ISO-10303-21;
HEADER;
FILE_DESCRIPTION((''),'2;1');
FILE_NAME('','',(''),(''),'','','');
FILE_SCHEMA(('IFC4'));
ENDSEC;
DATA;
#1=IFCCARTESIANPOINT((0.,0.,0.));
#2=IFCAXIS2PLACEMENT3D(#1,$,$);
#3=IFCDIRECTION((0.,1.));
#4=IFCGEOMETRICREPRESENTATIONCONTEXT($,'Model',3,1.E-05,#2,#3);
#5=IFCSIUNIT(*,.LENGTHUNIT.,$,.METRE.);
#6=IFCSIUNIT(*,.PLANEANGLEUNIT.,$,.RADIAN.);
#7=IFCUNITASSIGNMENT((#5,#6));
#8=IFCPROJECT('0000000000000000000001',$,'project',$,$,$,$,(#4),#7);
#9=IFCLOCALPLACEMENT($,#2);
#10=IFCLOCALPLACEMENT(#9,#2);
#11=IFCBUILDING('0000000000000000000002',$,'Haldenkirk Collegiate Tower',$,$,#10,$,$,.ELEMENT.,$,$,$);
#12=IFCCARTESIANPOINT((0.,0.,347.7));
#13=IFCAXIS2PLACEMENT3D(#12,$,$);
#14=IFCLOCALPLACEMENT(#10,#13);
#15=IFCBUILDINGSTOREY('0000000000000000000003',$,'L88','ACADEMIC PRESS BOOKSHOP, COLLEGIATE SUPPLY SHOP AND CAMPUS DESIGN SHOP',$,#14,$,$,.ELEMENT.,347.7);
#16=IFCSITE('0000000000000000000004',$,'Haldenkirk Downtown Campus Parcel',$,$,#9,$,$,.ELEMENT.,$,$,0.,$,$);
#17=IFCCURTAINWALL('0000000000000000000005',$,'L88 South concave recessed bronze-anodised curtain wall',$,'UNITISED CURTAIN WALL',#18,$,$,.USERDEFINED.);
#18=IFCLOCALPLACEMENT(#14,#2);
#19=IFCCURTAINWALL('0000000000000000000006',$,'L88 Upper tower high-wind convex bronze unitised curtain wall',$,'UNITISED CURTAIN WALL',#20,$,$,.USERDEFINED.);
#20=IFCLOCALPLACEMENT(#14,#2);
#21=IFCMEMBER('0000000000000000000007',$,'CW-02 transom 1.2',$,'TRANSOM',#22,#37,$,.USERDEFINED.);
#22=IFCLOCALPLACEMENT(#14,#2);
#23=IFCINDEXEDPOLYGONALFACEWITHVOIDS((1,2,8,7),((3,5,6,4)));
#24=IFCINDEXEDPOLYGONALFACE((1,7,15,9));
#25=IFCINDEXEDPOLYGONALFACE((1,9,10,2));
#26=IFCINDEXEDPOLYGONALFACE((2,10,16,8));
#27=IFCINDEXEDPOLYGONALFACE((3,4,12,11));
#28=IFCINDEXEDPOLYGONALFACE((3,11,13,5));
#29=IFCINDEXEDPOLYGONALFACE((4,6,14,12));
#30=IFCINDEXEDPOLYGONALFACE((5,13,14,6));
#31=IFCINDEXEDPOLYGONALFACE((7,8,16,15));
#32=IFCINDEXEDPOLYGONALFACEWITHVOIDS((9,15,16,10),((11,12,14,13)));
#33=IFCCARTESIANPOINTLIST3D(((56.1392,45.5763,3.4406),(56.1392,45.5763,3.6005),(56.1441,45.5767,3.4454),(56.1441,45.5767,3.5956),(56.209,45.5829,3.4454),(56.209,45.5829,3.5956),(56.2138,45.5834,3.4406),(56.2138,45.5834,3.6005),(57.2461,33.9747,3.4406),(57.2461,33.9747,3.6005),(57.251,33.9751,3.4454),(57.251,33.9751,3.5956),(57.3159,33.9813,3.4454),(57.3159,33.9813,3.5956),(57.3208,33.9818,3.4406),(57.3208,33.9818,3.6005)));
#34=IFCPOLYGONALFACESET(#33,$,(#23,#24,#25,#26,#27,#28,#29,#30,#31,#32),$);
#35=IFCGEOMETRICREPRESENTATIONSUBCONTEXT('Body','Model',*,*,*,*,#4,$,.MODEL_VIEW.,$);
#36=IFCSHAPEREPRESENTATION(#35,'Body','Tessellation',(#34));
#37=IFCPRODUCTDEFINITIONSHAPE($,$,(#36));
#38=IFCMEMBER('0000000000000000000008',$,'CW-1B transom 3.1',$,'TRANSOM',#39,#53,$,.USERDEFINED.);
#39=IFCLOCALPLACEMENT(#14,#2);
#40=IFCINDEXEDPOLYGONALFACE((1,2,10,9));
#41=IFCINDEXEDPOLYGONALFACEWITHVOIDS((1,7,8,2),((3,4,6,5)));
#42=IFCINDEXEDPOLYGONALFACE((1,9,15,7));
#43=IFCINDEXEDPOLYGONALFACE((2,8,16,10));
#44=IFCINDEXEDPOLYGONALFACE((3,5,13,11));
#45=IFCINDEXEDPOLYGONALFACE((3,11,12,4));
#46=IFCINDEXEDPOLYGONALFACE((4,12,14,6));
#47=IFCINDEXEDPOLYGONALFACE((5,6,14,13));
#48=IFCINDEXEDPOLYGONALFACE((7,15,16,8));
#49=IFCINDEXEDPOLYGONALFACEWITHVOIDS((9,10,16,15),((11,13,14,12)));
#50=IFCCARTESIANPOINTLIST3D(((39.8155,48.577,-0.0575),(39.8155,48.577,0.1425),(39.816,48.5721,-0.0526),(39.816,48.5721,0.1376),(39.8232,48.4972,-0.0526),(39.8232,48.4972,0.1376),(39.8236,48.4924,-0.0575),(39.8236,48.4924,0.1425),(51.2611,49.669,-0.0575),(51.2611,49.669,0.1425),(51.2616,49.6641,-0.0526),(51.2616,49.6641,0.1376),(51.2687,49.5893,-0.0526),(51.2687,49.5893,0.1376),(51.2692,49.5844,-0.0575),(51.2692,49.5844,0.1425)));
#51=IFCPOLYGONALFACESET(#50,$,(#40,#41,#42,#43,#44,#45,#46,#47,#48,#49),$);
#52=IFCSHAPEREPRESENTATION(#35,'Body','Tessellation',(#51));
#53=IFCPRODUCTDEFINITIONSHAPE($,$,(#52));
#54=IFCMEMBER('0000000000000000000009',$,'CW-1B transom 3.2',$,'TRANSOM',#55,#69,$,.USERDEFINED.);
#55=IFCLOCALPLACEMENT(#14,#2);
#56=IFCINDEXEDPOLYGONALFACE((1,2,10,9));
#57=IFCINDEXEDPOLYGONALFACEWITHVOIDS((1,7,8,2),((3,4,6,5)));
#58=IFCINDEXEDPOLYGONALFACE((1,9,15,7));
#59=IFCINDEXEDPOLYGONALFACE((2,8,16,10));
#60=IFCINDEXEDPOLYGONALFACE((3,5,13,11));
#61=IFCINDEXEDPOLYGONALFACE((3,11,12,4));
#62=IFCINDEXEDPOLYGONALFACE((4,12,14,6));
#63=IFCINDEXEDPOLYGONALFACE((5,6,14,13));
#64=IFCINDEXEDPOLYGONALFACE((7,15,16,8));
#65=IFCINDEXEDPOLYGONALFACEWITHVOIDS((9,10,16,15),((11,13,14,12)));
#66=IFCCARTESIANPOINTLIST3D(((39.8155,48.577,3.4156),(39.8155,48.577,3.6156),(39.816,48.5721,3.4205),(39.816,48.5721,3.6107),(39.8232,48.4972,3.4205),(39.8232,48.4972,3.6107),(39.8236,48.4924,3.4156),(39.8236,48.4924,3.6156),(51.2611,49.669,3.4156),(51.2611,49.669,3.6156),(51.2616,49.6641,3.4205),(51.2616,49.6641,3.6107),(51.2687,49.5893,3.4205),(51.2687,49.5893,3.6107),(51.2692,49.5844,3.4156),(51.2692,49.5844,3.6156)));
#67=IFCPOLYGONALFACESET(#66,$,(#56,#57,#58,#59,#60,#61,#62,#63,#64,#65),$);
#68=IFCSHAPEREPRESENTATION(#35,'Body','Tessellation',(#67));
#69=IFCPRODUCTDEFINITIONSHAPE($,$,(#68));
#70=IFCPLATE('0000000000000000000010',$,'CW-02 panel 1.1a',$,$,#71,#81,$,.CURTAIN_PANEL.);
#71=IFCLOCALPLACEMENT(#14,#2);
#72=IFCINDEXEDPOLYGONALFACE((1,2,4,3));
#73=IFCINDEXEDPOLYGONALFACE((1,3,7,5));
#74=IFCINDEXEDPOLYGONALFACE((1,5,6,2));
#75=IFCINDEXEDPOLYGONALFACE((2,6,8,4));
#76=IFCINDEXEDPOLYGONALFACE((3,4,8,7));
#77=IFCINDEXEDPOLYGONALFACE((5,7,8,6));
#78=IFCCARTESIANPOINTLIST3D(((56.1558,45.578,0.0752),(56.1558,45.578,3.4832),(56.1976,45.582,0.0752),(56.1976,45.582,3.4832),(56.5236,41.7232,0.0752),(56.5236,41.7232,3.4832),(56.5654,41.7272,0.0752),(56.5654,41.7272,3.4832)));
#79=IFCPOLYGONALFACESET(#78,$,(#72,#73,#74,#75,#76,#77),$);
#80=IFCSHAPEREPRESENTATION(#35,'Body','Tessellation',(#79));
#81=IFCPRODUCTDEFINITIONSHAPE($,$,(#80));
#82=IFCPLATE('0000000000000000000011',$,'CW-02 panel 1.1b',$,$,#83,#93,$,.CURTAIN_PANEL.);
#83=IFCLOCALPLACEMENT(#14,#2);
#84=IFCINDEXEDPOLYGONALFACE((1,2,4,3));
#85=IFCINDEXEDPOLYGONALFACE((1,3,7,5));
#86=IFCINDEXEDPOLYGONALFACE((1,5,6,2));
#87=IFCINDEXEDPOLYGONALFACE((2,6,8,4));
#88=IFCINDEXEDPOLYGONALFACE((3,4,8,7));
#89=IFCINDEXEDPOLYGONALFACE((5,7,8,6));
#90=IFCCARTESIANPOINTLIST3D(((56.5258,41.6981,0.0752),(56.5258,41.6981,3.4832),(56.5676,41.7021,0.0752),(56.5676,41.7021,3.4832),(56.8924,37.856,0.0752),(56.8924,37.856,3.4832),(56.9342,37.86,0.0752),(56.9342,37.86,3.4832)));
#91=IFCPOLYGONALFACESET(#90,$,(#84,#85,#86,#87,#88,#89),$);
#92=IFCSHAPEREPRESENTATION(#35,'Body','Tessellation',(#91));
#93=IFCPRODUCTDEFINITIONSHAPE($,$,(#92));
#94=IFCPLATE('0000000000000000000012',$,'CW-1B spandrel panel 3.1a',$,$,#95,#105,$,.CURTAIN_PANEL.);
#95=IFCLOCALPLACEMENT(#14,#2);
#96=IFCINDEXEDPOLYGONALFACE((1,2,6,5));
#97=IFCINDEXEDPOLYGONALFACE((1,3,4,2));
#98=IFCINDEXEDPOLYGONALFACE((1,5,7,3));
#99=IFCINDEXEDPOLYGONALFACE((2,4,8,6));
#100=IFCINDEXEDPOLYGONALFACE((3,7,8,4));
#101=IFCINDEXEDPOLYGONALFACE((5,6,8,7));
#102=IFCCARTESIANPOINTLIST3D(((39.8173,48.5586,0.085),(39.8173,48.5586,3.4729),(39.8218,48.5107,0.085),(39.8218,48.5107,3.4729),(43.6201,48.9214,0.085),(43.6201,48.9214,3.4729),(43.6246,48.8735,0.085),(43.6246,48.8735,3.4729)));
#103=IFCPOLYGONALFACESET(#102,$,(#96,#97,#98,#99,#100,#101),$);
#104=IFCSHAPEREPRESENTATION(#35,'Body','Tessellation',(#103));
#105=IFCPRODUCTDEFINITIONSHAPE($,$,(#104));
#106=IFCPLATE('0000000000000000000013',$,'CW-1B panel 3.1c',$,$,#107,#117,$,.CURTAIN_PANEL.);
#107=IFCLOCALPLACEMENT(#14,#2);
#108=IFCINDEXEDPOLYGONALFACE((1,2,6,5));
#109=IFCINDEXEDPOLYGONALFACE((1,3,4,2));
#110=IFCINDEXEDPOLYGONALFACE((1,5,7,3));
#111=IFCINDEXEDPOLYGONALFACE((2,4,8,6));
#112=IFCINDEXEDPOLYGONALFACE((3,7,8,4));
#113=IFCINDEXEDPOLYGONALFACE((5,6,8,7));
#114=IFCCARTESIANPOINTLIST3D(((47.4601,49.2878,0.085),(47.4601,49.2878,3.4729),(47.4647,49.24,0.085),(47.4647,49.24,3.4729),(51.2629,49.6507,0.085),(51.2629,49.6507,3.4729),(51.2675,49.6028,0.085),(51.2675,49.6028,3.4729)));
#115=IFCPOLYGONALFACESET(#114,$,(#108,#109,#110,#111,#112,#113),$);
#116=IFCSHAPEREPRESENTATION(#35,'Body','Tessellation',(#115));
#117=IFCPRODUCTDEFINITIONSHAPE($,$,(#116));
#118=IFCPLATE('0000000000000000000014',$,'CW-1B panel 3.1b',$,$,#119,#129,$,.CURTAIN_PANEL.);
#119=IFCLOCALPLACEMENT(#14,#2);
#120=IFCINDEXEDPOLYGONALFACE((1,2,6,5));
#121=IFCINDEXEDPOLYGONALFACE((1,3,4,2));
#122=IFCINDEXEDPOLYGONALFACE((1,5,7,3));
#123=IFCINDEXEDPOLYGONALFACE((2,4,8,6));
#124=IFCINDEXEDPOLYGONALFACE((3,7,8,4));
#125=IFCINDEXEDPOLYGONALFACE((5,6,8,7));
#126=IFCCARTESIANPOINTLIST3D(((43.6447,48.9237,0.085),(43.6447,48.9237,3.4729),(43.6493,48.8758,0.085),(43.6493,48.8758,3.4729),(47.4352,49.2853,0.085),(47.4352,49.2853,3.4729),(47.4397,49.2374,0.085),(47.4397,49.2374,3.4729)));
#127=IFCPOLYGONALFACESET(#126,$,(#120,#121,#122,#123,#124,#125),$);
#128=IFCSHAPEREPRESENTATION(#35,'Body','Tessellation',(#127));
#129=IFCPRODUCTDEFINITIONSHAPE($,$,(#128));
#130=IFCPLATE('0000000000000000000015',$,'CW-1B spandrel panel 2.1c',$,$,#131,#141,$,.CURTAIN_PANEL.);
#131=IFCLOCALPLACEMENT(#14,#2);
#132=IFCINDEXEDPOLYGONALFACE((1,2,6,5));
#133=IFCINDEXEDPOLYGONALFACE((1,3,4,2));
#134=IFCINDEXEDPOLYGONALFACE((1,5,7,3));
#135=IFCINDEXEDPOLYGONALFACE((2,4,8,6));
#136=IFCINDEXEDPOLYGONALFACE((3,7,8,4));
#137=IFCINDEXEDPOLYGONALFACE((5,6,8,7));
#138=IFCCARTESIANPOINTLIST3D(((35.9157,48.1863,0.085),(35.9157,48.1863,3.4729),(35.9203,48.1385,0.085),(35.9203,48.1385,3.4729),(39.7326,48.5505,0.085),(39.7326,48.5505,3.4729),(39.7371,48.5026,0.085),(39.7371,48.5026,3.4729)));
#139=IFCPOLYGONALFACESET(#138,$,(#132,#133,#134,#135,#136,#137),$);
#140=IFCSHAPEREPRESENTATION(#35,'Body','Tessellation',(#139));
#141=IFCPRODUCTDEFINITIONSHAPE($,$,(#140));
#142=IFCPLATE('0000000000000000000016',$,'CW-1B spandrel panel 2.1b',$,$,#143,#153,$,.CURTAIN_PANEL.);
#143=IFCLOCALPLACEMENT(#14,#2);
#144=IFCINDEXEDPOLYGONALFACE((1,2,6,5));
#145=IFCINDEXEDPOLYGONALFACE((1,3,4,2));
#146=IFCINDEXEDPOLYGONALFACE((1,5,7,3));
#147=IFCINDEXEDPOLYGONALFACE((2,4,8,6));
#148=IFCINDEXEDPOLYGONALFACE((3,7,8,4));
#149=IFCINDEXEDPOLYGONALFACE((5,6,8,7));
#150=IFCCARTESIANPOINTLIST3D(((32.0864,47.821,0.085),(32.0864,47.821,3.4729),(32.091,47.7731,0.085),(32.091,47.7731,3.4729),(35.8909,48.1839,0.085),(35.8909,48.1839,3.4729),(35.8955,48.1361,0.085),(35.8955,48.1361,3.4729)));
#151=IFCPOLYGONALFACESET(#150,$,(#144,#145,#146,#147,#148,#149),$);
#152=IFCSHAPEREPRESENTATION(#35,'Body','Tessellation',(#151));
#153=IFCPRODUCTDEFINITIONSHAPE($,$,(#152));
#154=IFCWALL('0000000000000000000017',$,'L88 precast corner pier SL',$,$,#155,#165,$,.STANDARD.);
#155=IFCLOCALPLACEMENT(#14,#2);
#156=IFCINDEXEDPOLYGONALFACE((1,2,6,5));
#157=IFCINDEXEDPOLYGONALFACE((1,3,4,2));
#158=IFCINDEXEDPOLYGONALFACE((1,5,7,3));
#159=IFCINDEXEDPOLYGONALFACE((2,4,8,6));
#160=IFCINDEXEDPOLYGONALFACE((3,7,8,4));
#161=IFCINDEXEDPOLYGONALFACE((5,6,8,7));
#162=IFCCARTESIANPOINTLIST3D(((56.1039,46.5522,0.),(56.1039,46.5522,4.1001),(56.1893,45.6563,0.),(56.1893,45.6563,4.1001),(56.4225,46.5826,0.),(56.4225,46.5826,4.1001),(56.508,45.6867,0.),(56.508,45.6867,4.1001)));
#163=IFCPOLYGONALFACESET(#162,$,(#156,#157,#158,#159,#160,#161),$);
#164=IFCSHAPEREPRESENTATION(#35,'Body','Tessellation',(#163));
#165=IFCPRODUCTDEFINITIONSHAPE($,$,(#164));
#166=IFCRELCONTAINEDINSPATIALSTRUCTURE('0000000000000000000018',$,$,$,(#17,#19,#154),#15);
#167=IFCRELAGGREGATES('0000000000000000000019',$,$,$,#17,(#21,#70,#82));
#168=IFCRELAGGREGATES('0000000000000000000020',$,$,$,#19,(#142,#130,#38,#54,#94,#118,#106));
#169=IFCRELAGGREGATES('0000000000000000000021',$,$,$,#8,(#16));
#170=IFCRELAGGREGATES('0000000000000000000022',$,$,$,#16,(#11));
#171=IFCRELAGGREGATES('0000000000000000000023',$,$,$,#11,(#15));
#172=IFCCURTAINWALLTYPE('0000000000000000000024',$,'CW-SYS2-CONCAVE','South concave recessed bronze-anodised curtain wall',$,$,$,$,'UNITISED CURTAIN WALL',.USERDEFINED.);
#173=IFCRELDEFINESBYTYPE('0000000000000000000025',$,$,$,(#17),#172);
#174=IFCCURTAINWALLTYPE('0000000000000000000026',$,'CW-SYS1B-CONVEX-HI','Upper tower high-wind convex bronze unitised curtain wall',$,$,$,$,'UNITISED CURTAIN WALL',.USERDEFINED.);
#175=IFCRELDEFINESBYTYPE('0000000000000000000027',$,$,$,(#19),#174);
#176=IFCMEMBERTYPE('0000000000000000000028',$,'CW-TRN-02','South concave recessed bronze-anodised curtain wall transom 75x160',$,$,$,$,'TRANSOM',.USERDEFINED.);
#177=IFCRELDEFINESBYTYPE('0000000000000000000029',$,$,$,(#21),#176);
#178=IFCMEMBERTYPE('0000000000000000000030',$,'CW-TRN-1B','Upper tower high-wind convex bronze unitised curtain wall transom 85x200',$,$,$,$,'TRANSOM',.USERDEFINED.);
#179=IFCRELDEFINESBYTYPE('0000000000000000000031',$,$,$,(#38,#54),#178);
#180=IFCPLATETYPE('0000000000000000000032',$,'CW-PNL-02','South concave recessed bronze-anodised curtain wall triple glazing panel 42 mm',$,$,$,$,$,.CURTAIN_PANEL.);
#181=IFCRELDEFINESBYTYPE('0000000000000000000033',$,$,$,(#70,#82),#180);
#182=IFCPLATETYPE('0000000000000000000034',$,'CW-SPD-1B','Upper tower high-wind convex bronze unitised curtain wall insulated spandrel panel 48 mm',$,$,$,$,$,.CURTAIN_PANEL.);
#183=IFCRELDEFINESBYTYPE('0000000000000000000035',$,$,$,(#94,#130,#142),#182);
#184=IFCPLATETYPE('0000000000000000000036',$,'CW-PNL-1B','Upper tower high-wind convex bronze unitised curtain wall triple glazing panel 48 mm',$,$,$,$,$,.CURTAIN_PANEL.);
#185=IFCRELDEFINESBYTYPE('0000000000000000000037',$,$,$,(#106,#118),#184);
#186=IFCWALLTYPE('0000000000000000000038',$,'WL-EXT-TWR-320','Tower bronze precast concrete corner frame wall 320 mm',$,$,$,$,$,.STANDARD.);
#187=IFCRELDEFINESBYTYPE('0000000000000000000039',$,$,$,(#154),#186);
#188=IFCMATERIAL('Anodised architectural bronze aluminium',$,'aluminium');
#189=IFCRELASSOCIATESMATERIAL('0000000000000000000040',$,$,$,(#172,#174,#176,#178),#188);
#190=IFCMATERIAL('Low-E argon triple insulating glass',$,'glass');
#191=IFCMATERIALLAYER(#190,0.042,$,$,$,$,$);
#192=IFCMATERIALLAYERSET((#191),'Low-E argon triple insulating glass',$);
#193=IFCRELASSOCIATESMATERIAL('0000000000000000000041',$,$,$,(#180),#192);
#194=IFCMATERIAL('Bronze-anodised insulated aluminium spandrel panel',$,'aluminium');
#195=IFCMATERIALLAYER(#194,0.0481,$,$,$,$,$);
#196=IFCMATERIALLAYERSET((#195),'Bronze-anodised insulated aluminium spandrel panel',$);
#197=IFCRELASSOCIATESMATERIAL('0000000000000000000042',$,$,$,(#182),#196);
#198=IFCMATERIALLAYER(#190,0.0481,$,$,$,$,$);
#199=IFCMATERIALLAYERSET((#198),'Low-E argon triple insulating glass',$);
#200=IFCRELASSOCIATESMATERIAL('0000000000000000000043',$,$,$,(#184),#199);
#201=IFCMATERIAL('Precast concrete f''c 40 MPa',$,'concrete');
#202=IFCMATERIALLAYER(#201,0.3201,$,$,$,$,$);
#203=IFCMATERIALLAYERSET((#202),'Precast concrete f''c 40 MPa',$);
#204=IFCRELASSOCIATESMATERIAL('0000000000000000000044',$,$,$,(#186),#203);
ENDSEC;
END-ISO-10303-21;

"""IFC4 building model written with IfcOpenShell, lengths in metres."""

from ifc_helpers import new_model, si_unit, direction, frame, frame_2d, origin, origin_2d, place, context, subcontext, project, spatial, rectangle, hollow_rectangle, extrude, source, transform, mapped, material, layer, layer_set, material_profile, profile_set, type_object, element, aggregate, save


model = new_model("IFC4")

# Units and contexts
model_context = context("Model", 3, precision=1e-05, world=origin(), true_north=direction((0.0, 1.0)))
body_context = subcontext(model_context, "Body", "Model", "MODEL_VIEW")
ifc_project = project(units=[si_unit("LENGTHUNIT", "METRE"), si_unit("PLANEANGLEUNIT", "RADIAN")], contexts=[model_context])

# Site, building, storey
site_placement = place(None, origin())
site = spatial("IfcSite", under=ifc_project, at=site_placement, Name="Haldenkirk Downtown Campus Parcel", CompositionType="ELEMENT", RefElevation=0.0)
building_placement = place(site_placement, origin())
building = spatial("IfcBuilding", under=site, at=building_placement, Name="Haldenkirk Collegiate Tower", CompositionType="ELEMENT")
storey_placement = place(building_placement, frame((0.0, 0.0, 347.7)))
storey = spatial("IfcBuildingStorey", under=building, at=storey_placement, Name="L88", Description="ACADEMIC PRESS BOOKSHOP, COLLEGIATE SUPPLY SHOP AND CAMPUS DESIGN SHOP", CompositionType="ELEMENT", Elevation=347.7)

# Curtain wall
ifc_material_1 = material(Name="Anodised architectural bronze aluminium", Category="aluminium")
curtain_wall_type_1 = type_object("IfcCurtainWallType", Name="CW-SYS2-CONCAVE", Description="South concave recessed bronze-anodised curtain wall", ElementType="UNITISED CURTAIN WALL", PredefinedType="USERDEFINED", material=ifc_material_1)
curtain_wall_1_placement = place(storey_placement, origin())
curtain_wall_1 = element("IfcCurtainWall", 1, at=curtain_wall_1_placement, inside=storey, type_object=curtain_wall_type_1, Name="L88 South concave recessed bronze-anodised curtain wall", ObjectType="UNITISED CURTAIN WALL", PredefinedType="USERDEFINED")

# Curtain wall
curtain_wall_type_2 = type_object("IfcCurtainWallType", Name="CW-SYS1B-CONVEX-HI", Description="Upper tower high-wind convex bronze unitised curtain wall", ElementType="UNITISED CURTAIN WALL", PredefinedType="USERDEFINED", material=ifc_material_1)
curtain_wall_2_placement = place(storey_placement, origin())
curtain_wall_2 = element("IfcCurtainWall", 2, at=curtain_wall_2_placement, inside=storey, type_object=curtain_wall_type_2, Name="L88 Upper tower high-wind convex bronze unitised curtain wall", ObjectType="UNITISED CURTAIN WALL", PredefinedType="USERDEFINED")

# Members
ifc_material_profile_1 = material_profile(ifc_material_1, hollow_rectangle(XDim=0.075, YDim=0.1599, WallThickness=0.0049, at=origin_2d()), Name="CW-TRN-02")
ifc_profile_set_1 = profile_set([ifc_material_profile_1], Name="Anodised architectural bronze aluminium")
member_type_1 = type_object("IfcMemberType", Name="CW-TRN-02", Description="South concave recessed bronze-anodised curtain wall transom 75x160", ElementType="TRANSOM", PredefinedType="USERDEFINED", material=ifc_profile_set_1)
member_1_placement = place(storey_placement, frame((56.1765, 45.5798, 3.5205), z_axis=(0.094981, -0.995479, 0.0), x_axis=(0.995479, 0.094981, 0.0)))
member_1 = element("IfcMember", 3, at=member_1_placement, type_object=member_type_1, Name="CW-02 transom 1.2", ObjectType="TRANSOM", PredefinedType="USERDEFINED", context=body_context, shape_type="SweptSolid", body=[
    extrude(hollow_rectangle(XDim=0.075, YDim=0.1599, WallThickness=0.0049, at=origin_2d()), origin(), (0.0, 0.0, 1.0), 11.6543),
])
ifc_material_profile_2 = material_profile(ifc_material_1, hollow_rectangle(XDim=0.085, YDim=0.2, WallThickness=0.0049, at=origin_2d()), Name="CW-TRN-1B")
ifc_profile_set_2 = profile_set([ifc_material_profile_2], Name="Anodised architectural bronze aluminium")
member_type_2 = type_object("IfcMemberType", Name="CW-TRN-1B", Description="Upper tower high-wind convex bronze unitised curtain wall transom 85x200", ElementType="TRANSOM", PredefinedType="USERDEFINED", material=ifc_profile_set_2)
member_2_placement = place(storey_placement, frame((39.8196, 48.5347, 0.0425), z_axis=(0.995479, 0.09498, 0.0), x_axis=(-0.09498, 0.995479, 0.0)))
member_2 = element("IfcMember", 4, at=member_2_placement, type_object=member_type_2, Name="CW-1B transom 3.1", ObjectType="TRANSOM", PredefinedType="USERDEFINED", context=body_context, shape_type="SweptSolid", body=[
    extrude(hollow_rectangle(XDim=0.085, YDim=0.2, WallThickness=0.0049, at=origin_2d()), origin(), (0.0, 0.0, 1.0), 11.4976),
])
member_3_placement = place(storey_placement, frame((39.8196, 48.5347, 3.5156), z_axis=(0.995479, 0.09498, 0.0), x_axis=(-0.09498, 0.995479, 0.0)))
member_3 = element("IfcMember", 5, at=member_3_placement, type_object=member_type_2, Name="CW-1B transom 3.2", ObjectType="TRANSOM", PredefinedType="USERDEFINED", context=body_context, shape_type="SweptSolid", body=[
    extrude(hollow_rectangle(XDim=0.085, YDim=0.2, WallThickness=0.0049, at=origin_2d()), origin(), (0.0, 0.0, 1.0), 11.4976),
])

# Plates
ifc_material_2 = material(Name="Low-E argon triple insulating glass", Category="glass")
ifc_layer_1 = layer(ifc_material_2, 0.042)
ifc_layer_set_1 = layer_set([ifc_layer_1], Name="Low-E argon triple insulating glass")
plate_type_1 = type_object("IfcPlateType", Name="CW-PNL-02", Description="South concave recessed bronze-anodised curtain wall triple glazing panel 42 mm", PredefinedType="CURTAIN_PANEL", material=ifc_layer_set_1)
shared_shape_1 = source(origin(), body_context, "Body", "SweptSolid", [
    extrude(rectangle(XDim=3.8723, YDim=0.042, at=origin_2d()), origin(), (0.0, 0.0, 1.0), 3.408),
])
plate_1_placement = place(storey_placement, frame((56.3606, 43.6526, 0.0752), z_axis=(0.0, 0.0, 1.0), x_axis=(0.094974, -0.99548, 0.0)))
plate_1 = element("IfcPlate", 6, at=plate_1_placement, type_object=plate_type_1, Name="CW-02 panel 1.1a", PredefinedType="CURTAIN_PANEL", context=body_context, shape_type="MappedRepresentation", body=[
    mapped(shared_shape_1, transform((0.0, 0.0, 0.0), x_axis=(1.0, 0.0, 0.0), y_axis=(0.0, 1.0, 0.0), z_axis=(0.0, 0.0, 1.0), scale=1.0)),
])
shared_shape_2 = source(origin(), body_context, "Body", "SweptSolid", [
    extrude(rectangle(XDim=3.8596, YDim=0.042, at=origin_2d()), origin(), (0.0, 0.0, 1.0), 3.408),
])
plate_2_placement = place(storey_placement, frame((56.73, 39.7791, 0.0752), z_axis=(0.0, 0.0, 1.0), x_axis=(0.094974, -0.99548, 0.0)))
plate_2 = element("IfcPlate", 7, at=plate_2_placement, type_object=plate_type_1, Name="CW-02 panel 1.1b", PredefinedType="CURTAIN_PANEL", context=body_context, shape_type="MappedRepresentation", body=[
    mapped(shared_shape_2, transform((0.0, 0.0, 0.0), x_axis=(1.0, 0.0, 0.0), y_axis=(0.0, 1.0, 0.0), z_axis=(0.0, 0.0, 1.0), scale=1.0)),
])
aggregate(curtain_wall_1, [member_1, plate_1, plate_2])
ifc_material_3 = material(Name="Bronze-anodised insulated aluminium spandrel panel", Category="aluminium")
ifc_layer_2 = layer(ifc_material_3, 0.0481)
ifc_layer_set_2 = layer_set([ifc_layer_2], Name="Bronze-anodised insulated aluminium spandrel panel")
plate_type_2 = type_object("IfcPlateType", Name="CW-SPD-1B", Description="Upper tower high-wind convex bronze unitised curtain wall insulated spandrel panel 48 mm", PredefinedType="CURTAIN_PANEL", material=ifc_layer_set_2)
shared_shape_3 = source(origin(), body_context, "Body", "SweptSolid", [
    extrude(rectangle(XDim=3.8201, YDim=0.0481, at=origin_2d()), origin(), (0.0, 0.0, 1.0), 3.3879),
])
plate_3_placement = place(storey_placement, frame((41.7209, 48.7161, 0.085), z_axis=(0.0, 0.0, 1.0), x_axis=(0.99548, 0.094976, 0.0)))
plate_3 = element("IfcPlate", 8, at=plate_3_placement, type_object=plate_type_2, Name="CW-1B spandrel panel 3.1a", PredefinedType="CURTAIN_PANEL", context=body_context, shape_type="MappedRepresentation", body=[
    mapped(shared_shape_3, transform((0.0, 0.0, 0.0), x_axis=(1.0, 0.0, 0.0), y_axis=(0.0, 1.0, 0.0), z_axis=(0.0, 0.0, 1.0), scale=1.0)),
])
ifc_layer_3 = layer(ifc_material_2, 0.0481)
ifc_layer_set_3 = layer_set([ifc_layer_3], Name="Low-E argon triple insulating glass")
plate_type_3 = type_object("IfcPlateType", Name="CW-PNL-1B", Description="Upper tower high-wind convex bronze unitised curtain wall triple glazing panel 48 mm", PredefinedType="CURTAIN_PANEL", material=ifc_layer_set_3)
plate_4_placement = place(storey_placement, frame((49.3638, 49.4453, 0.085), z_axis=(0.0, 0.0, 1.0), x_axis=(0.99548, 0.094976, 0.0)))
plate_4 = element("IfcPlate", 9, at=plate_4_placement, type_object=plate_type_3, Name="CW-1B panel 3.1c", PredefinedType="CURTAIN_PANEL", context=body_context, shape_type="MappedRepresentation", body=[
    mapped(shared_shape_3, transform((0.0, 0.0, 0.0), x_axis=(1.0, 0.0, 0.0), y_axis=(0.0, 1.0, 0.0), z_axis=(0.0, 0.0, 1.0), scale=1.0)),
])
shared_shape_4 = source(origin(), body_context, "Body", "SweptSolid", [
    extrude(rectangle(XDim=3.8076, YDim=0.0481, at=origin_2d()), origin(), (0.0, 0.0, 1.0), 3.3879),
])
plate_5_placement = place(storey_placement, frame((45.5422, 49.0806, 0.085), z_axis=(0.0, 0.0, 1.0), x_axis=(0.99548, 0.094976, 0.0)))
plate_5 = element("IfcPlate", 10, at=plate_5_placement, type_object=plate_type_3, Name="CW-1B panel 3.1b", PredefinedType="CURTAIN_PANEL", context=body_context, shape_type="MappedRepresentation", body=[
    mapped(shared_shape_4, transform((0.0, 0.0, 0.0), x_axis=(1.0, 0.0, 0.0), y_axis=(0.0, 1.0, 0.0), z_axis=(0.0, 0.0, 1.0), scale=1.0)),
])
shared_shape_5 = source(origin(), body_context, "Body", "SweptSolid", [
    extrude(rectangle(XDim=3.8342, YDim=0.0481, at=origin_2d()), origin(), (0.0, 0.0, 1.0), 3.3879),
])
plate_6_placement = place(storey_placement, frame((37.8264, 48.3445, 0.085), z_axis=(0.0, 0.0, 1.0), x_axis=(0.99548, 0.094976, 0.0)))
plate_6 = element("IfcPlate", 11, at=plate_6_placement, type_object=plate_type_2, Name="CW-1B spandrel panel 2.1c", PredefinedType="CURTAIN_PANEL", context=body_context, shape_type="MappedRepresentation", body=[
    mapped(shared_shape_5, transform((0.0, 0.0, 0.0), x_axis=(1.0, 0.0, 0.0), y_axis=(0.0, 1.0, 0.0), z_axis=(0.0, 0.0, 1.0), scale=1.0)),
])
shared_shape_6 = source(origin(), body_context, "Body", "SweptSolid", [
    extrude(rectangle(XDim=3.8218, YDim=0.0481, at=origin_2d()), origin(), (0.0, 0.0, 1.0), 3.3879),
])
plate_7_placement = place(storey_placement, frame((33.991, 47.9785, 0.085), z_axis=(0.0, 0.0, 1.0), x_axis=(0.99548, 0.094976, 0.0)))
plate_7 = element("IfcPlate", 12, at=plate_7_placement, type_object=plate_type_2, Name="CW-1B spandrel panel 2.1b", PredefinedType="CURTAIN_PANEL", context=body_context, shape_type="MappedRepresentation", body=[
    mapped(shared_shape_6, transform((0.0, 0.0, 0.0), x_axis=(1.0, 0.0, 0.0), y_axis=(0.0, 1.0, 0.0), z_axis=(0.0, 0.0, 1.0), scale=1.0)),
])
aggregate(curtain_wall_2, [plate_7, plate_6, member_2, member_3, plate_3, plate_5, plate_4])

# Wall
ifc_material_4 = material(Name="Precast concrete f'c 40 MPa", Category="concrete")
ifc_layer_4 = layer(ifc_material_4, 0.3201)
ifc_layer_set_4 = layer_set([ifc_layer_4], Name="Precast concrete f'c 40 MPa")
wall_type_1 = type_object("IfcWallType", Name="WL-EXT-TWR-320", Description="Tower bronze precast concrete corner frame wall 320 mm", PredefinedType="STANDARD", material=ifc_layer_set_4)
wall_1_placement = place(storey_placement, frame((56.2632, 46.5674, 0.0), z_axis=(0.0, 0.0, 1.0), x_axis=(0.094963, -0.995481, 0.0)))
element("IfcWall", 13, at=wall_1_placement, inside=storey, type_object=wall_type_1, Name="L88 precast corner pier SL", PredefinedType="STANDARD", context=body_context, shape_type="SweptSolid", body=[
    extrude(rectangle(XDim=0.8999, YDim=0.3201, at=frame_2d((0.45, 0.0))), origin(), (0.0, 0.0, 1.0), 4.1001),
])

save(model, "model.ifc")
